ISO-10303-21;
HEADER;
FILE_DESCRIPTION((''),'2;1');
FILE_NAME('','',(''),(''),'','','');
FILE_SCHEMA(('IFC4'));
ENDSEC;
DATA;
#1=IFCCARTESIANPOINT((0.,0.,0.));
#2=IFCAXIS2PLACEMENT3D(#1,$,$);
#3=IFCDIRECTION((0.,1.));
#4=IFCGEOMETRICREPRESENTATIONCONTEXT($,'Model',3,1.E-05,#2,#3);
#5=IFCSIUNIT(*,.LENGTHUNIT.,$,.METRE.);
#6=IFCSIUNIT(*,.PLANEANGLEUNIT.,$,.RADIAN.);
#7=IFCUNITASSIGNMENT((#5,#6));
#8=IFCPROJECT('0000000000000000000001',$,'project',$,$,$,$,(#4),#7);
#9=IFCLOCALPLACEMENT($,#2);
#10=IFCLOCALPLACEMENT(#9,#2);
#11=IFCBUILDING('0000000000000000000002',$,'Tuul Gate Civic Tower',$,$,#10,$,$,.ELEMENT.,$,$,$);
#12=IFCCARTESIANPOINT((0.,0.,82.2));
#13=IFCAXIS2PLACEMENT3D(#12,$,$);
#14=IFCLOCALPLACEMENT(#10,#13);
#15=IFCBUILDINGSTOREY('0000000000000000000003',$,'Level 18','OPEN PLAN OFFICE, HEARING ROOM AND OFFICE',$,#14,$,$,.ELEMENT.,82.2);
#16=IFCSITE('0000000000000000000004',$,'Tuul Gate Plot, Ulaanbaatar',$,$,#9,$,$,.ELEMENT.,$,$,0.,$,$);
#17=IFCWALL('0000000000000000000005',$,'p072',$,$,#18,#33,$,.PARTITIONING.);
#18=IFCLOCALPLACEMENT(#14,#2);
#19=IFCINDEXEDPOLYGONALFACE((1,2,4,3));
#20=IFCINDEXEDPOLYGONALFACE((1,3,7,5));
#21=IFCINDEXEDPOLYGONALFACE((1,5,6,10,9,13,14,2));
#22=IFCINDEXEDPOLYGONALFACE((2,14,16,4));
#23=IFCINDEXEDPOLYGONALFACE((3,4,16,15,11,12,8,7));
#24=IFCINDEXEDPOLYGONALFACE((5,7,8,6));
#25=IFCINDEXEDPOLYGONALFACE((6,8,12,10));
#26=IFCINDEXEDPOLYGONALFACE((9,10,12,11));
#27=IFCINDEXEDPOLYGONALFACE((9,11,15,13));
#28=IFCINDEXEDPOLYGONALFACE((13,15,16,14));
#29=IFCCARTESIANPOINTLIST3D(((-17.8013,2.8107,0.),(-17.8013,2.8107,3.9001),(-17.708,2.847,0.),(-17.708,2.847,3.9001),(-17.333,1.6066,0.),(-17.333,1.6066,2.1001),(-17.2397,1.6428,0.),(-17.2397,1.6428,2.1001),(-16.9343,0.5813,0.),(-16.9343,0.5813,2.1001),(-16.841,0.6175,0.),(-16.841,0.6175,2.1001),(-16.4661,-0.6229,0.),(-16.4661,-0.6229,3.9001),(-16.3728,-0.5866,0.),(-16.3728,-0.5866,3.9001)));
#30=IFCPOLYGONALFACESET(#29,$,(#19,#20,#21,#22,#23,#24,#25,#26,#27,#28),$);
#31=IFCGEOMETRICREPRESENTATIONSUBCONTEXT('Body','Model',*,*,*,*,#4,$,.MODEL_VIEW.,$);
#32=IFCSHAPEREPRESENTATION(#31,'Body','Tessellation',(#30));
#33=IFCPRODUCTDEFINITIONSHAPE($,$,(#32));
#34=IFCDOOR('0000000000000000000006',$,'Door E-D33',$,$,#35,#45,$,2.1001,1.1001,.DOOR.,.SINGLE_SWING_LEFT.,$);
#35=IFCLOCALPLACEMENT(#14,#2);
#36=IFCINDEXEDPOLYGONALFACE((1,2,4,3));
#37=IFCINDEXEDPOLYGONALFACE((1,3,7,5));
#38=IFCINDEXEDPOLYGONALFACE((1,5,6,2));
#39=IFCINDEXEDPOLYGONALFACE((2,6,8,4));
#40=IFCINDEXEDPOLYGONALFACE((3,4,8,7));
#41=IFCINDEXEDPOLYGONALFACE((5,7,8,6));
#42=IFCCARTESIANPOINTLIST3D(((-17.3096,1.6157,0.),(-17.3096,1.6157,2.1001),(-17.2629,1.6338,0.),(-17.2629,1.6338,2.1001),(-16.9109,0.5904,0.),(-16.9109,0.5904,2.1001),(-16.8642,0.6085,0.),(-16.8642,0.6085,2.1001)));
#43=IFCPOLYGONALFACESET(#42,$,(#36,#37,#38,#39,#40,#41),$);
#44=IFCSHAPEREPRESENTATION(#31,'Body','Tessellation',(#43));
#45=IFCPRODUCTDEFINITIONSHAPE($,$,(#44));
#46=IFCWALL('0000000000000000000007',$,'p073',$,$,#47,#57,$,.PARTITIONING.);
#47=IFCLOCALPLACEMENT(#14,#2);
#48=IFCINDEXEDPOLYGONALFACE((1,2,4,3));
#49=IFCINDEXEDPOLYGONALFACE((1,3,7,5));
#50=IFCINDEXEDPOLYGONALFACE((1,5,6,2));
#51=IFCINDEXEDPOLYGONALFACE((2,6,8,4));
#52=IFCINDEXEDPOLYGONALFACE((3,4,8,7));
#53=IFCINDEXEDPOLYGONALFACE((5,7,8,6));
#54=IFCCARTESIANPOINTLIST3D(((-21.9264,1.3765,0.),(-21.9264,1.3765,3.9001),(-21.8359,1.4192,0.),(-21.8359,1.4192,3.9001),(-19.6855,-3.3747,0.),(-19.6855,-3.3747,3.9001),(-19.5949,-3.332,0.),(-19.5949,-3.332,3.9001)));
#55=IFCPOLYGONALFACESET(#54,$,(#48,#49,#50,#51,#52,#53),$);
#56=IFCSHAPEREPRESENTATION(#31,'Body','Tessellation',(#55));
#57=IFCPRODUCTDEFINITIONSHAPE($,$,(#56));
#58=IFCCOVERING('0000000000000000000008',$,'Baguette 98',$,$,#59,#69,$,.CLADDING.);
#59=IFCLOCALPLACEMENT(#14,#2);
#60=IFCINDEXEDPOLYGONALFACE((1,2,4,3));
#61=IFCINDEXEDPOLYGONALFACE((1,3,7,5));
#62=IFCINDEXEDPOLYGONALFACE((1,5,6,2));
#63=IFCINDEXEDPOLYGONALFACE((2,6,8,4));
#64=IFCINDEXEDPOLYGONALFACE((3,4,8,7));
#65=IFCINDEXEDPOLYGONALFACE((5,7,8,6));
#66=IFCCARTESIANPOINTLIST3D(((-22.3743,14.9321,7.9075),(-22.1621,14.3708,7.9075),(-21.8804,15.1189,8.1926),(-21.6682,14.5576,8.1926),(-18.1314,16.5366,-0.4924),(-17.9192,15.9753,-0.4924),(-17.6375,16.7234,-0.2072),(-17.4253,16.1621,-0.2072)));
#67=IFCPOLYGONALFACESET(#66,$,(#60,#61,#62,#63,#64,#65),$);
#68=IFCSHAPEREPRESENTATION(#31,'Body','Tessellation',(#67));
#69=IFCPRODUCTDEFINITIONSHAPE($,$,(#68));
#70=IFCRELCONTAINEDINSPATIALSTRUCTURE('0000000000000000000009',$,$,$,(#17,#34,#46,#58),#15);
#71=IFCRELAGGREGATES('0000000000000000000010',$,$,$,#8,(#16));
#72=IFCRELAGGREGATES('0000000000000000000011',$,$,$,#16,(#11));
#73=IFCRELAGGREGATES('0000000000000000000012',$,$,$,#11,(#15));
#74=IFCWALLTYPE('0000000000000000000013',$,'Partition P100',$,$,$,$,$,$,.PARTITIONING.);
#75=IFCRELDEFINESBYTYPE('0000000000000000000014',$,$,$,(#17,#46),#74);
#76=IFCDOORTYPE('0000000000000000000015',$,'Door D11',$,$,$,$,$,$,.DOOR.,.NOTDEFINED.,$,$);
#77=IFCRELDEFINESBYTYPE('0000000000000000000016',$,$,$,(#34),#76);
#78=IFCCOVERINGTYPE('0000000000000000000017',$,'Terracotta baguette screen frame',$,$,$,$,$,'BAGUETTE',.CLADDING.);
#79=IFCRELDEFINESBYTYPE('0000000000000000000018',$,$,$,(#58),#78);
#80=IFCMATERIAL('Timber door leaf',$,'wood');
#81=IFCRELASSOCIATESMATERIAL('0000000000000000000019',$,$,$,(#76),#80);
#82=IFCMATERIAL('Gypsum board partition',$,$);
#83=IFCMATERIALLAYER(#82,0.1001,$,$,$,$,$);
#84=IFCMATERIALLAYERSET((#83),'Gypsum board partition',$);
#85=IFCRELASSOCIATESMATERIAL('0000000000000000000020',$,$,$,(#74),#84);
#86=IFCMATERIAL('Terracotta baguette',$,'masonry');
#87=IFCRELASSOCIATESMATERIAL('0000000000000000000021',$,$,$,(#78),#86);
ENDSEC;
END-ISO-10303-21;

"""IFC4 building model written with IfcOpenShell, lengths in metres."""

from ifc_helpers import new_model, si_unit, direction, frame, frame_2d, origin, origin_2d, place, context, subcontext, project, spatial, rectangle, extrude, material, layer, layer_set, material_profile, profile_set, type_object, element, fill, save


model = new_model("IFC4")

# Units and contexts
model_context = context("Model", 3, precision=1e-05, world=origin(), true_north=direction((0.0, 1.0)))
body_context = subcontext(model_context, "Body", "Model", "MODEL_VIEW")
ifc_project = project(units=[si_unit("LENGTHUNIT", "METRE"), si_unit("PLANEANGLEUNIT", "RADIAN")], contexts=[model_context])

# Site, building, storey
site_placement = place(None, origin())
site = spatial("IfcSite", under=ifc_project, at=site_placement, Name="Tuul Gate Plot, Ulaanbaatar", CompositionType="ELEMENT", RefElevation=0.0)
building_placement = place(site_placement, origin())
building = spatial("IfcBuilding", under=site, at=building_placement, Name="Tuul Gate Civic Tower", CompositionType="ELEMENT")
storey_placement = place(building_placement, frame((0.0, 0.0, 82.2)))
storey = spatial("IfcBuildingStorey", under=building, at=storey_placement, Name="Level 18", Description="OPEN PLAN OFFICE, HEARING ROOM AND OFFICE", CompositionType="ELEMENT", Elevation=82.2)

# Shared definitions
ifc_material_1 = material(Name="Timber door leaf", Category="wood")
door_type = type_object("IfcDoorType", Name="Door D11", OperationType="NOTDEFINED", PredefinedType="DOOR", material=ifc_material_1)

# Shared definitions
ifc_material_2 = material(Name="Gypsum board partition")
ifc_layer_1 = layer(ifc_material_2, 0.1001)
ifc_layer_set_1 = layer_set([ifc_layer_1], Name="Gypsum board partition")
wall_type_1 = type_object("IfcWallType", Name="Partition P100", PredefinedType="PARTITIONING", material=ifc_layer_set_1)

# Wall, opening, door
wall_1_placement = place(storey_placement, frame((-17.7546, 2.8289, 0.0), z_axis=(0.0, 0.0, 1.0), x_axis=(0.362427, -0.932012, 0.0)))
wall_1 = element("IfcWall", 1, at=wall_1_placement, inside=storey, type_object=wall_type_1, Name="p072", PredefinedType="PARTITIONING", context=body_context, shape_type="SweptSolid", body=[
    extrude(rectangle(XDim=3.6841, YDim=0.1001, at=frame_2d((1.842, 0.0))), origin(), (0.0, 0.0, 1.0), 3.9001),
])
opening_1_placement = place(wall_1_placement, frame((1.292, 0.0, 0.0)))
opening_1 = element("IfcOpeningElement", 2, at=opening_1_placement, cuts=wall_1, PredefinedType="OPENING", context=body_context, shape_type="SweptSolid", body=[
    extrude(rectangle(XDim=1.1001, YDim=2.1001, at=frame_2d((0.55, 1.05))), frame((0.0, 0.0601, 0.0), z_axis=(0.0, -1.0, 0.0), x_axis=(1.0, 0.0, 0.0)), (0.0, 0.0, 1.0), 0.1201),
])
door_1_placement = place(opening_1_placement, frame((1.1001, 0.0, 0.0), z_axis=(0.0, 0.0, 1.0), x_axis=(-1.0, 0.0, 0.0)))
door_1 = element("IfcDoor", 3, at=door_1_placement, inside=storey, type_object=door_type, Name="Door E-D33", OperationType="SINGLE_SWING_LEFT", OverallHeight=2.1001, OverallWidth=1.1001, PredefinedType="DOOR", context=body_context, shape_type="SweptSolid", body=[
    extrude(rectangle(XDim=1.1001, YDim=2.1001, at=frame_2d((0.55, 1.05))), frame((0.0, 0.0249, 0.0), z_axis=(0.0, -1.0, 0.0), x_axis=(1.0, 0.0, 0.0)), (0.0, 0.0, 1.0), 0.05),
])
fill(opening_1, door_1)

# Wall
wall_2_placement = place(storey_placement, frame((-21.8811, 1.3977, 0.0), z_axis=(0.0, 0.0, 1.0), x_axis=(0.426591, -0.904444, 0.0)))
element("IfcWall", 4, at=wall_2_placement, inside=storey, type_object=wall_type_1, Name="p073", PredefinedType="PARTITIONING", context=body_context, shape_type="SweptSolid", body=[
    extrude(rectangle(XDim=5.2532, YDim=0.1001, at=frame_2d((2.6265, 0.0))), origin(), (0.0, 0.0, 1.0), 3.9001),
])

# Covering
ifc_material_3 = material(Name="Terracotta baguette", Category="masonry")
ifc_material_profile_1 = material_profile(ifc_material_3, rectangle(XDim=0.6001, YDim=0.6001, at=origin_2d()), Name="Terracotta baguette screen frame")
ifc_profile_set_1 = profile_set([ifc_material_profile_1], Name="Terracotta baguette")
covering_type = type_object("IfcCoveringType", Name="Terracotta baguette screen frame", ElementType="BAGUETTE", PredefinedType="CLADDING", material=ifc_profile_set_1)
covering_placement = place(storey_placement, frame((-22.0212, 14.7449, 8.05), z_axis=(0.444449, 0.168072, -0.879896), x_axis=(-0.353711, 0.935355, 0.0)))
element("IfcCovering", 5, at=covering_placement, inside=storey, type_object=covering_type, Name="Baguette 98", PredefinedType="CLADDING", context=body_context, shape_type="SweptSolid", body=[
    extrude(rectangle(XDim=0.6001, YDim=0.6001, at=origin_2d()), origin(), (0.0, 0.0, 1.0), 9.5464),
])

save(model, "model.ifc")
